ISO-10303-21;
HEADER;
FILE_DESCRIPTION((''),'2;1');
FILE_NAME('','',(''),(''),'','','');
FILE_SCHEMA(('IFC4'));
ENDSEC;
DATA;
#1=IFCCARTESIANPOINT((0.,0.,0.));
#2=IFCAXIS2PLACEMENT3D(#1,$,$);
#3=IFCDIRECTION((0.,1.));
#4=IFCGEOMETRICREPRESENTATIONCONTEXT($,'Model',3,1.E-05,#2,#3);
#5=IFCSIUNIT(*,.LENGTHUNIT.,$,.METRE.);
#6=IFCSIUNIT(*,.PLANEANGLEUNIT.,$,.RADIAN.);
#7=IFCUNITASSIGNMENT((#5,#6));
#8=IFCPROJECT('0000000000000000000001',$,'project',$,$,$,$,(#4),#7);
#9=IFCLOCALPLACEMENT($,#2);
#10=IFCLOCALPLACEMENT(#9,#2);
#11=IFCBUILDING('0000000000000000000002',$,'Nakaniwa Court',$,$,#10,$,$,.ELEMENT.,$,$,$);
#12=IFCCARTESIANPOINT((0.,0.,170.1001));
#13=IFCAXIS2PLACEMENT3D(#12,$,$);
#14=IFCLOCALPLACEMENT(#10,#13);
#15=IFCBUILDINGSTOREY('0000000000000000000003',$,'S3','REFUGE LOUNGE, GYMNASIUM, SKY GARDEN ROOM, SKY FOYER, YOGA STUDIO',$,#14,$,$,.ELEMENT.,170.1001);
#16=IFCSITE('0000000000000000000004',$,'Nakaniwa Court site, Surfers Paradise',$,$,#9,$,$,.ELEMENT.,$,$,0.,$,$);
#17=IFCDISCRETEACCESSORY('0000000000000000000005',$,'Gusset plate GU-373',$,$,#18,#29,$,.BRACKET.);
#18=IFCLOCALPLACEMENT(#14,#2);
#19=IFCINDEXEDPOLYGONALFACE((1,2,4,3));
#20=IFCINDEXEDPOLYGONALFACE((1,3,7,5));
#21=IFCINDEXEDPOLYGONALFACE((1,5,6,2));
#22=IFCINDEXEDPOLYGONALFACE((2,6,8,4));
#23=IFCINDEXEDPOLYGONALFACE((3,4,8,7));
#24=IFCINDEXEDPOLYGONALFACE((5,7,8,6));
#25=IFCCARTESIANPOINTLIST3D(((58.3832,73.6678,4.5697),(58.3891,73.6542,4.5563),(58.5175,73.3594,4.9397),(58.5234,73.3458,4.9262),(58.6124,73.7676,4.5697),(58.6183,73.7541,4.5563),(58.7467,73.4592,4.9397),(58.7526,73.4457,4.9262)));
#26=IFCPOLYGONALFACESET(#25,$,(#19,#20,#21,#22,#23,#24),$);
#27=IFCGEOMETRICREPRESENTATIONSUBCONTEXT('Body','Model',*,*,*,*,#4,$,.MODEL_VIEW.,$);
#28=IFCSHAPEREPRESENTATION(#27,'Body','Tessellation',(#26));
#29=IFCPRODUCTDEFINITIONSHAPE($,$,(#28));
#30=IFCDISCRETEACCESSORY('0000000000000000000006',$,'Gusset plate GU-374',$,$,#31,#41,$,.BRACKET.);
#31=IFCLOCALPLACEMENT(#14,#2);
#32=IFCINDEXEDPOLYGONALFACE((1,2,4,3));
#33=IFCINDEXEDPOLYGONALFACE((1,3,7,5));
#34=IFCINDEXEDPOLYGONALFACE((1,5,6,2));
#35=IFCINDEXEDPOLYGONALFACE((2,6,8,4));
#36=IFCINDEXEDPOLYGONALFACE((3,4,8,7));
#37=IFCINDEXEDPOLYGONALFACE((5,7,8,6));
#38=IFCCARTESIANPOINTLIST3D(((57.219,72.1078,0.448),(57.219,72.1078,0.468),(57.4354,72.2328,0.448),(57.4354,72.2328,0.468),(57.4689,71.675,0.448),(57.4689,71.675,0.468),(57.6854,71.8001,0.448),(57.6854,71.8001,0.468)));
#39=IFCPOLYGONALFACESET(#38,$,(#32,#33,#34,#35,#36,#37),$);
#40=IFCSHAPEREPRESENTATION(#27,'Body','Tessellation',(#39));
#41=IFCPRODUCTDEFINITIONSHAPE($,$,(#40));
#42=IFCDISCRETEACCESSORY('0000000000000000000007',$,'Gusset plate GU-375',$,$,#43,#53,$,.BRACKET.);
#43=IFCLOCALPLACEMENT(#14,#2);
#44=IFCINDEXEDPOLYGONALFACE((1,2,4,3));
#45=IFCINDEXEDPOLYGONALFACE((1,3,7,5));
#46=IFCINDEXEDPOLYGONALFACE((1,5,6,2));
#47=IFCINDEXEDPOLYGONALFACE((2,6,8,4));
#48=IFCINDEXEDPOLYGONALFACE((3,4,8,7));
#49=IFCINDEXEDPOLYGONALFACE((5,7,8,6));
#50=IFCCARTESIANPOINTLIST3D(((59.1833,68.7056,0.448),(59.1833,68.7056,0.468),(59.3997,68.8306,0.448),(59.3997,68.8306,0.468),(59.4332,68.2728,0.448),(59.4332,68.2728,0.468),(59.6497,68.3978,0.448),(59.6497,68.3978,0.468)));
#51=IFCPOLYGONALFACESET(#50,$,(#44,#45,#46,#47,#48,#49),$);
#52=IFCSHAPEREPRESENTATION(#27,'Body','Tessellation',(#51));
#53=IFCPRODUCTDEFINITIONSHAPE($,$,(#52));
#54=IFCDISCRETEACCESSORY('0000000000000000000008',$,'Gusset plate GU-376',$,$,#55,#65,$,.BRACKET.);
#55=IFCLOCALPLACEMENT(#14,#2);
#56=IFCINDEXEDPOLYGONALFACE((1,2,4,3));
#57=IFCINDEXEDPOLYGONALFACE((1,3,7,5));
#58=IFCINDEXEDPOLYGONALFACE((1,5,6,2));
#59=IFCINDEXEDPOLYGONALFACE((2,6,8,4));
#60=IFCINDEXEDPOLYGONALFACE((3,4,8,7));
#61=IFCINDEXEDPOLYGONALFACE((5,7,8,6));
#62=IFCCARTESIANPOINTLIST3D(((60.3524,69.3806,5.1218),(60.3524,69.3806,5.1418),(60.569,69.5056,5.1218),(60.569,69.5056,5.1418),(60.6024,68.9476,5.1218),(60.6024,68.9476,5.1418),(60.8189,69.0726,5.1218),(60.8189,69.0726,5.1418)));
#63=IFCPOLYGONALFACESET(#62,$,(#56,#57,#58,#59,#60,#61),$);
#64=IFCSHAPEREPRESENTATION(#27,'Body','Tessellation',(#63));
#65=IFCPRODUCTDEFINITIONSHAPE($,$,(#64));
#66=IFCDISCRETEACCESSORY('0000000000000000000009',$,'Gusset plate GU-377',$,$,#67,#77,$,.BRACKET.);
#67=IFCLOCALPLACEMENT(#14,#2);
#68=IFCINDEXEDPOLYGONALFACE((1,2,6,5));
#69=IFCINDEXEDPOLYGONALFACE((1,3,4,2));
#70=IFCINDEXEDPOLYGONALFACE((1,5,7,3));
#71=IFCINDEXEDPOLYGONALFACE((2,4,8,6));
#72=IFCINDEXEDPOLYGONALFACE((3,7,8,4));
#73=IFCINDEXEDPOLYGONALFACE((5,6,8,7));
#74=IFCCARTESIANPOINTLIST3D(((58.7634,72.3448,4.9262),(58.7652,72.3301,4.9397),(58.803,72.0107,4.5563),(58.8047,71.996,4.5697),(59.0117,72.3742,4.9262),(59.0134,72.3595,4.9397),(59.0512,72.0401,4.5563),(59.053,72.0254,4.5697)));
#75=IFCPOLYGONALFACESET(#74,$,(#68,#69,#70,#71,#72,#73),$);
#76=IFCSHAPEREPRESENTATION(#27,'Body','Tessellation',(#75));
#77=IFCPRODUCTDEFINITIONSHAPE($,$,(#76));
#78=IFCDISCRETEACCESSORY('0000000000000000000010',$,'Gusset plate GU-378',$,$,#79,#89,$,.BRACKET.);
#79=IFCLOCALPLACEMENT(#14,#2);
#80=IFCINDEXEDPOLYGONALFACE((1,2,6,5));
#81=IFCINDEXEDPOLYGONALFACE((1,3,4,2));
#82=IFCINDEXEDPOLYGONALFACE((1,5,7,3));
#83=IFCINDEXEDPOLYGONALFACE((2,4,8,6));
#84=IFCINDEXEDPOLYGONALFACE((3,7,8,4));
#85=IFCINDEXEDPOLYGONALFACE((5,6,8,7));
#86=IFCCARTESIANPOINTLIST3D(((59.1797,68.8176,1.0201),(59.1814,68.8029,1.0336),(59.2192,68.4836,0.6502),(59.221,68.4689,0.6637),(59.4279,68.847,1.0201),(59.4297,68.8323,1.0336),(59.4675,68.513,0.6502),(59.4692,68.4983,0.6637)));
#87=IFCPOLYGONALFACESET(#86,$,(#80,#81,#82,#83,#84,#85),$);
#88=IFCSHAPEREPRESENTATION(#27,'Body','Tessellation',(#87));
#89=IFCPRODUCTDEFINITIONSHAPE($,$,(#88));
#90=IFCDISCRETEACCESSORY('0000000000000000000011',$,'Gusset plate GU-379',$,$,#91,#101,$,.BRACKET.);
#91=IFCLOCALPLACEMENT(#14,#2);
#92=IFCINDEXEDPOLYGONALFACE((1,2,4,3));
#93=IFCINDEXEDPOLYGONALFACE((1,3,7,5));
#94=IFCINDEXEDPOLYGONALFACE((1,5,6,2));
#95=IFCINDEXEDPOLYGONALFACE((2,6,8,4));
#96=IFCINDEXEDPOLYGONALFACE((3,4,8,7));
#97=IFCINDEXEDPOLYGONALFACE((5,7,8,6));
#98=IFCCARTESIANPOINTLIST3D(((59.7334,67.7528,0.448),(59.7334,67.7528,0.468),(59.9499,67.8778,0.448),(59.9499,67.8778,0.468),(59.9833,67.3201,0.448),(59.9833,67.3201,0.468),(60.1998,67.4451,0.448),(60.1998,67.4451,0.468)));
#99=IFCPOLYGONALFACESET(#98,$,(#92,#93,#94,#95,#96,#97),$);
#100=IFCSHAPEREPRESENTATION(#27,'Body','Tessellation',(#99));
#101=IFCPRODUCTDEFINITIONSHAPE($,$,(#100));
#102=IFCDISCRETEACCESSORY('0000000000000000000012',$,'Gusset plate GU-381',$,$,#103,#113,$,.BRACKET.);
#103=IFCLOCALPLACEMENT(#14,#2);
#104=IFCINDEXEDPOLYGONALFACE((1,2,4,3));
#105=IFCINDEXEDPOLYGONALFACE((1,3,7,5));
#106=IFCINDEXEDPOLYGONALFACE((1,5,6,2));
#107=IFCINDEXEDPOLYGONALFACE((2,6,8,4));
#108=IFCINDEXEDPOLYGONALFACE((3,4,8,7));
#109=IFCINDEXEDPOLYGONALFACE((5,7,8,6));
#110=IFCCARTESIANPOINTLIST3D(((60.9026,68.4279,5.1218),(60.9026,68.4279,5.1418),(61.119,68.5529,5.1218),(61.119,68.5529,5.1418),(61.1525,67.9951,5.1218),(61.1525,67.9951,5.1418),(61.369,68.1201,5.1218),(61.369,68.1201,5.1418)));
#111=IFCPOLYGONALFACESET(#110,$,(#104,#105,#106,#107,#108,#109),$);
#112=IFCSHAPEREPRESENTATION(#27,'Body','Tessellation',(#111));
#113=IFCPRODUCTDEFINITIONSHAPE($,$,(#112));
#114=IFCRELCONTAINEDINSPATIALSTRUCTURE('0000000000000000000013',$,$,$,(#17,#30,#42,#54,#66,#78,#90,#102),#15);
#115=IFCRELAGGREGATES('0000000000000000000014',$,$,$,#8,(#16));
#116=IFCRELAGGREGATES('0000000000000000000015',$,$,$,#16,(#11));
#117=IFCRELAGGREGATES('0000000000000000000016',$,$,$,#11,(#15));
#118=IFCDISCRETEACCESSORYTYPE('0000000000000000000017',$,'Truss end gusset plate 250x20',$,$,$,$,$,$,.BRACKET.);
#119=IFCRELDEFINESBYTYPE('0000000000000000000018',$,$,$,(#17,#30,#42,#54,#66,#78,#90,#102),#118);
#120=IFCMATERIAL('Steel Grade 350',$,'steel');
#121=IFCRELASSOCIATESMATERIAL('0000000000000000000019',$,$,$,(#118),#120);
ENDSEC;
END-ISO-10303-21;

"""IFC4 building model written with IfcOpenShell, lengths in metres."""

from ifc_helpers import new_model, si_unit, direction, frame, origin, origin_2d, place, context, subcontext, project, spatial, rectangle, extrude, material, material_profile, profile_set, type_object, element, save


model = new_model("IFC4")

# Units and contexts
model_context = context("Model", 3, precision=1e-05, world=origin(), true_north=direction((0.0, 1.0)))
body_context = subcontext(model_context, "Body", "Model", "MODEL_VIEW")
ifc_project = project(units=[si_unit("LENGTHUNIT", "METRE"), si_unit("PLANEANGLEUNIT", "RADIAN")], contexts=[model_context])

# Site, building, storey
site_placement = place(None, origin())
site = spatial("IfcSite", under=ifc_project, at=site_placement, Name="Nakaniwa Court site, Surfers Paradise", CompositionType="ELEMENT", RefElevation=0.0)
building_placement = place(site_placement, origin())
building = spatial("IfcBuilding", under=site, at=building_placement, Name="Nakaniwa Court", CompositionType="ELEMENT")
storey_placement = place(building_placement, frame((0.0, 0.0, 170.1001)))
storey = spatial("IfcBuildingStorey", under=building, at=storey_placement, Name="S3", Description="REFUGE LOUNGE, GYMNASIUM, SKY GARDEN ROOM, SKY FOYER, YOGA STUDIO", CompositionType="ELEMENT", Elevation=170.1001)

# Shared definitions
ifc_material_1 = material(Name="Steel Grade 350", Category="steel")

# Discrete accessories
ifc_material_profile_1 = material_profile(ifc_material_1, rectangle(XDim=0.25, YDim=0.02, at=origin_2d()), Name="Truss end gusset plate 250x20")
ifc_profile_set_1 = profile_set([ifc_material_profile_1], Name="Steel Grade 350")
discrete_accessory_type = type_object("IfcDiscreteAccessoryType", Name="Truss end gusset plate 250x20", PredefinedType="BRACKET", material=ifc_profile_set_1)
for number, where, z_axis, x_axis, name in (
    (1, (58.5007, 73.7109, 4.563), (0.2686, -0.616803, 0.73987), (0.916839, 0.399257, 0.0), "Gusset plate GU-373"),
):
    element("IfcDiscreteAccessory", number, at=place(storey_placement, frame(where, z_axis=z_axis, x_axis=x_axis)), inside=storey, type_object=discrete_accessory_type, Name=name, PredefinedType="BRACKET", context=body_context, shape_type="SweptSolid", body=[
        extrude(rectangle(XDim=0.25, YDim=0.02, at=origin_2d()), origin(), (0.0, 0.0, 1.0), 0.5),
    ])
for number, where, z_axis, x_axis, name in (
    (2, (57.5771, 71.7375, 0.458), (-0.500131, 0.86595, 0.0), (-0.86595, -0.500131, 0.0), "Gusset plate GU-374"),
    (3, (59.2915, 68.7681, 0.458), (0.500131, -0.86595, 0.0), (0.86595, 0.500131, 0.0), "Gusset plate GU-375"),
):
    element("IfcDiscreteAccessory", number, at=place(storey_placement, frame(where, z_axis=z_axis, x_axis=x_axis)), inside=storey, type_object=discrete_accessory_type, Name=name, PredefinedType="BRACKET", context=body_context, shape_type="SweptSolid", body=[
        extrude(rectangle(XDim=0.25, YDim=0.02, at=origin_2d()), origin(), (0.0, 0.0, 1.0), 0.4998),
    ])
for number, where, z_axis, x_axis, name in (
    (4, (60.4607, 69.4431, 5.1318), (0.49992, -0.866072, 0.0), (0.866072, 0.49992, 0.0), "Gusset plate GU-376"),
    (5, (58.928, 72.0181, 4.563), (-0.079115, 0.668081, 0.739871), (-0.993061, -0.117599, 0.0), "Gusset plate GU-377"),
    (6, (59.3047, 68.825, 1.0269), (0.079115, -0.668081, -0.739871), (0.993061, 0.117599, 0.0), "Gusset plate GU-378"),
):
    element("IfcDiscreteAccessory", number, at=place(storey_placement, frame(where, z_axis=z_axis, x_axis=x_axis)), inside=storey, type_object=discrete_accessory_type, Name=name, PredefinedType="BRACKET", context=body_context, shape_type="SweptSolid", body=[
        extrude(rectangle(XDim=0.25, YDim=0.02, at=origin_2d()), origin(), (0.0, 0.0, 1.0), 0.5),
    ])
for number, where, z_axis, x_axis, name in (
    (7, (60.0916, 67.3826, 0.458), (-0.500131, 0.86595, 0.0), (-0.86595, -0.500131, 0.0), "Gusset plate GU-379"),
    (8, (61.2607, 68.0576, 5.1318), (-0.500131, 0.86595, 0.0), (-0.86595, -0.500131, 0.0), "Gusset plate GU-381"),
):
    element("IfcDiscreteAccessory", number, at=place(storey_placement, frame(where, z_axis=z_axis, x_axis=x_axis)), inside=storey, type_object=discrete_accessory_type, Name=name, PredefinedType="BRACKET", context=body_context, shape_type="SweptSolid", body=[
        extrude(rectangle(XDim=0.25, YDim=0.02, at=origin_2d()), origin(), (0.0, 0.0, 1.0), 0.4998),
    ])

save(model, "model.ifc")
